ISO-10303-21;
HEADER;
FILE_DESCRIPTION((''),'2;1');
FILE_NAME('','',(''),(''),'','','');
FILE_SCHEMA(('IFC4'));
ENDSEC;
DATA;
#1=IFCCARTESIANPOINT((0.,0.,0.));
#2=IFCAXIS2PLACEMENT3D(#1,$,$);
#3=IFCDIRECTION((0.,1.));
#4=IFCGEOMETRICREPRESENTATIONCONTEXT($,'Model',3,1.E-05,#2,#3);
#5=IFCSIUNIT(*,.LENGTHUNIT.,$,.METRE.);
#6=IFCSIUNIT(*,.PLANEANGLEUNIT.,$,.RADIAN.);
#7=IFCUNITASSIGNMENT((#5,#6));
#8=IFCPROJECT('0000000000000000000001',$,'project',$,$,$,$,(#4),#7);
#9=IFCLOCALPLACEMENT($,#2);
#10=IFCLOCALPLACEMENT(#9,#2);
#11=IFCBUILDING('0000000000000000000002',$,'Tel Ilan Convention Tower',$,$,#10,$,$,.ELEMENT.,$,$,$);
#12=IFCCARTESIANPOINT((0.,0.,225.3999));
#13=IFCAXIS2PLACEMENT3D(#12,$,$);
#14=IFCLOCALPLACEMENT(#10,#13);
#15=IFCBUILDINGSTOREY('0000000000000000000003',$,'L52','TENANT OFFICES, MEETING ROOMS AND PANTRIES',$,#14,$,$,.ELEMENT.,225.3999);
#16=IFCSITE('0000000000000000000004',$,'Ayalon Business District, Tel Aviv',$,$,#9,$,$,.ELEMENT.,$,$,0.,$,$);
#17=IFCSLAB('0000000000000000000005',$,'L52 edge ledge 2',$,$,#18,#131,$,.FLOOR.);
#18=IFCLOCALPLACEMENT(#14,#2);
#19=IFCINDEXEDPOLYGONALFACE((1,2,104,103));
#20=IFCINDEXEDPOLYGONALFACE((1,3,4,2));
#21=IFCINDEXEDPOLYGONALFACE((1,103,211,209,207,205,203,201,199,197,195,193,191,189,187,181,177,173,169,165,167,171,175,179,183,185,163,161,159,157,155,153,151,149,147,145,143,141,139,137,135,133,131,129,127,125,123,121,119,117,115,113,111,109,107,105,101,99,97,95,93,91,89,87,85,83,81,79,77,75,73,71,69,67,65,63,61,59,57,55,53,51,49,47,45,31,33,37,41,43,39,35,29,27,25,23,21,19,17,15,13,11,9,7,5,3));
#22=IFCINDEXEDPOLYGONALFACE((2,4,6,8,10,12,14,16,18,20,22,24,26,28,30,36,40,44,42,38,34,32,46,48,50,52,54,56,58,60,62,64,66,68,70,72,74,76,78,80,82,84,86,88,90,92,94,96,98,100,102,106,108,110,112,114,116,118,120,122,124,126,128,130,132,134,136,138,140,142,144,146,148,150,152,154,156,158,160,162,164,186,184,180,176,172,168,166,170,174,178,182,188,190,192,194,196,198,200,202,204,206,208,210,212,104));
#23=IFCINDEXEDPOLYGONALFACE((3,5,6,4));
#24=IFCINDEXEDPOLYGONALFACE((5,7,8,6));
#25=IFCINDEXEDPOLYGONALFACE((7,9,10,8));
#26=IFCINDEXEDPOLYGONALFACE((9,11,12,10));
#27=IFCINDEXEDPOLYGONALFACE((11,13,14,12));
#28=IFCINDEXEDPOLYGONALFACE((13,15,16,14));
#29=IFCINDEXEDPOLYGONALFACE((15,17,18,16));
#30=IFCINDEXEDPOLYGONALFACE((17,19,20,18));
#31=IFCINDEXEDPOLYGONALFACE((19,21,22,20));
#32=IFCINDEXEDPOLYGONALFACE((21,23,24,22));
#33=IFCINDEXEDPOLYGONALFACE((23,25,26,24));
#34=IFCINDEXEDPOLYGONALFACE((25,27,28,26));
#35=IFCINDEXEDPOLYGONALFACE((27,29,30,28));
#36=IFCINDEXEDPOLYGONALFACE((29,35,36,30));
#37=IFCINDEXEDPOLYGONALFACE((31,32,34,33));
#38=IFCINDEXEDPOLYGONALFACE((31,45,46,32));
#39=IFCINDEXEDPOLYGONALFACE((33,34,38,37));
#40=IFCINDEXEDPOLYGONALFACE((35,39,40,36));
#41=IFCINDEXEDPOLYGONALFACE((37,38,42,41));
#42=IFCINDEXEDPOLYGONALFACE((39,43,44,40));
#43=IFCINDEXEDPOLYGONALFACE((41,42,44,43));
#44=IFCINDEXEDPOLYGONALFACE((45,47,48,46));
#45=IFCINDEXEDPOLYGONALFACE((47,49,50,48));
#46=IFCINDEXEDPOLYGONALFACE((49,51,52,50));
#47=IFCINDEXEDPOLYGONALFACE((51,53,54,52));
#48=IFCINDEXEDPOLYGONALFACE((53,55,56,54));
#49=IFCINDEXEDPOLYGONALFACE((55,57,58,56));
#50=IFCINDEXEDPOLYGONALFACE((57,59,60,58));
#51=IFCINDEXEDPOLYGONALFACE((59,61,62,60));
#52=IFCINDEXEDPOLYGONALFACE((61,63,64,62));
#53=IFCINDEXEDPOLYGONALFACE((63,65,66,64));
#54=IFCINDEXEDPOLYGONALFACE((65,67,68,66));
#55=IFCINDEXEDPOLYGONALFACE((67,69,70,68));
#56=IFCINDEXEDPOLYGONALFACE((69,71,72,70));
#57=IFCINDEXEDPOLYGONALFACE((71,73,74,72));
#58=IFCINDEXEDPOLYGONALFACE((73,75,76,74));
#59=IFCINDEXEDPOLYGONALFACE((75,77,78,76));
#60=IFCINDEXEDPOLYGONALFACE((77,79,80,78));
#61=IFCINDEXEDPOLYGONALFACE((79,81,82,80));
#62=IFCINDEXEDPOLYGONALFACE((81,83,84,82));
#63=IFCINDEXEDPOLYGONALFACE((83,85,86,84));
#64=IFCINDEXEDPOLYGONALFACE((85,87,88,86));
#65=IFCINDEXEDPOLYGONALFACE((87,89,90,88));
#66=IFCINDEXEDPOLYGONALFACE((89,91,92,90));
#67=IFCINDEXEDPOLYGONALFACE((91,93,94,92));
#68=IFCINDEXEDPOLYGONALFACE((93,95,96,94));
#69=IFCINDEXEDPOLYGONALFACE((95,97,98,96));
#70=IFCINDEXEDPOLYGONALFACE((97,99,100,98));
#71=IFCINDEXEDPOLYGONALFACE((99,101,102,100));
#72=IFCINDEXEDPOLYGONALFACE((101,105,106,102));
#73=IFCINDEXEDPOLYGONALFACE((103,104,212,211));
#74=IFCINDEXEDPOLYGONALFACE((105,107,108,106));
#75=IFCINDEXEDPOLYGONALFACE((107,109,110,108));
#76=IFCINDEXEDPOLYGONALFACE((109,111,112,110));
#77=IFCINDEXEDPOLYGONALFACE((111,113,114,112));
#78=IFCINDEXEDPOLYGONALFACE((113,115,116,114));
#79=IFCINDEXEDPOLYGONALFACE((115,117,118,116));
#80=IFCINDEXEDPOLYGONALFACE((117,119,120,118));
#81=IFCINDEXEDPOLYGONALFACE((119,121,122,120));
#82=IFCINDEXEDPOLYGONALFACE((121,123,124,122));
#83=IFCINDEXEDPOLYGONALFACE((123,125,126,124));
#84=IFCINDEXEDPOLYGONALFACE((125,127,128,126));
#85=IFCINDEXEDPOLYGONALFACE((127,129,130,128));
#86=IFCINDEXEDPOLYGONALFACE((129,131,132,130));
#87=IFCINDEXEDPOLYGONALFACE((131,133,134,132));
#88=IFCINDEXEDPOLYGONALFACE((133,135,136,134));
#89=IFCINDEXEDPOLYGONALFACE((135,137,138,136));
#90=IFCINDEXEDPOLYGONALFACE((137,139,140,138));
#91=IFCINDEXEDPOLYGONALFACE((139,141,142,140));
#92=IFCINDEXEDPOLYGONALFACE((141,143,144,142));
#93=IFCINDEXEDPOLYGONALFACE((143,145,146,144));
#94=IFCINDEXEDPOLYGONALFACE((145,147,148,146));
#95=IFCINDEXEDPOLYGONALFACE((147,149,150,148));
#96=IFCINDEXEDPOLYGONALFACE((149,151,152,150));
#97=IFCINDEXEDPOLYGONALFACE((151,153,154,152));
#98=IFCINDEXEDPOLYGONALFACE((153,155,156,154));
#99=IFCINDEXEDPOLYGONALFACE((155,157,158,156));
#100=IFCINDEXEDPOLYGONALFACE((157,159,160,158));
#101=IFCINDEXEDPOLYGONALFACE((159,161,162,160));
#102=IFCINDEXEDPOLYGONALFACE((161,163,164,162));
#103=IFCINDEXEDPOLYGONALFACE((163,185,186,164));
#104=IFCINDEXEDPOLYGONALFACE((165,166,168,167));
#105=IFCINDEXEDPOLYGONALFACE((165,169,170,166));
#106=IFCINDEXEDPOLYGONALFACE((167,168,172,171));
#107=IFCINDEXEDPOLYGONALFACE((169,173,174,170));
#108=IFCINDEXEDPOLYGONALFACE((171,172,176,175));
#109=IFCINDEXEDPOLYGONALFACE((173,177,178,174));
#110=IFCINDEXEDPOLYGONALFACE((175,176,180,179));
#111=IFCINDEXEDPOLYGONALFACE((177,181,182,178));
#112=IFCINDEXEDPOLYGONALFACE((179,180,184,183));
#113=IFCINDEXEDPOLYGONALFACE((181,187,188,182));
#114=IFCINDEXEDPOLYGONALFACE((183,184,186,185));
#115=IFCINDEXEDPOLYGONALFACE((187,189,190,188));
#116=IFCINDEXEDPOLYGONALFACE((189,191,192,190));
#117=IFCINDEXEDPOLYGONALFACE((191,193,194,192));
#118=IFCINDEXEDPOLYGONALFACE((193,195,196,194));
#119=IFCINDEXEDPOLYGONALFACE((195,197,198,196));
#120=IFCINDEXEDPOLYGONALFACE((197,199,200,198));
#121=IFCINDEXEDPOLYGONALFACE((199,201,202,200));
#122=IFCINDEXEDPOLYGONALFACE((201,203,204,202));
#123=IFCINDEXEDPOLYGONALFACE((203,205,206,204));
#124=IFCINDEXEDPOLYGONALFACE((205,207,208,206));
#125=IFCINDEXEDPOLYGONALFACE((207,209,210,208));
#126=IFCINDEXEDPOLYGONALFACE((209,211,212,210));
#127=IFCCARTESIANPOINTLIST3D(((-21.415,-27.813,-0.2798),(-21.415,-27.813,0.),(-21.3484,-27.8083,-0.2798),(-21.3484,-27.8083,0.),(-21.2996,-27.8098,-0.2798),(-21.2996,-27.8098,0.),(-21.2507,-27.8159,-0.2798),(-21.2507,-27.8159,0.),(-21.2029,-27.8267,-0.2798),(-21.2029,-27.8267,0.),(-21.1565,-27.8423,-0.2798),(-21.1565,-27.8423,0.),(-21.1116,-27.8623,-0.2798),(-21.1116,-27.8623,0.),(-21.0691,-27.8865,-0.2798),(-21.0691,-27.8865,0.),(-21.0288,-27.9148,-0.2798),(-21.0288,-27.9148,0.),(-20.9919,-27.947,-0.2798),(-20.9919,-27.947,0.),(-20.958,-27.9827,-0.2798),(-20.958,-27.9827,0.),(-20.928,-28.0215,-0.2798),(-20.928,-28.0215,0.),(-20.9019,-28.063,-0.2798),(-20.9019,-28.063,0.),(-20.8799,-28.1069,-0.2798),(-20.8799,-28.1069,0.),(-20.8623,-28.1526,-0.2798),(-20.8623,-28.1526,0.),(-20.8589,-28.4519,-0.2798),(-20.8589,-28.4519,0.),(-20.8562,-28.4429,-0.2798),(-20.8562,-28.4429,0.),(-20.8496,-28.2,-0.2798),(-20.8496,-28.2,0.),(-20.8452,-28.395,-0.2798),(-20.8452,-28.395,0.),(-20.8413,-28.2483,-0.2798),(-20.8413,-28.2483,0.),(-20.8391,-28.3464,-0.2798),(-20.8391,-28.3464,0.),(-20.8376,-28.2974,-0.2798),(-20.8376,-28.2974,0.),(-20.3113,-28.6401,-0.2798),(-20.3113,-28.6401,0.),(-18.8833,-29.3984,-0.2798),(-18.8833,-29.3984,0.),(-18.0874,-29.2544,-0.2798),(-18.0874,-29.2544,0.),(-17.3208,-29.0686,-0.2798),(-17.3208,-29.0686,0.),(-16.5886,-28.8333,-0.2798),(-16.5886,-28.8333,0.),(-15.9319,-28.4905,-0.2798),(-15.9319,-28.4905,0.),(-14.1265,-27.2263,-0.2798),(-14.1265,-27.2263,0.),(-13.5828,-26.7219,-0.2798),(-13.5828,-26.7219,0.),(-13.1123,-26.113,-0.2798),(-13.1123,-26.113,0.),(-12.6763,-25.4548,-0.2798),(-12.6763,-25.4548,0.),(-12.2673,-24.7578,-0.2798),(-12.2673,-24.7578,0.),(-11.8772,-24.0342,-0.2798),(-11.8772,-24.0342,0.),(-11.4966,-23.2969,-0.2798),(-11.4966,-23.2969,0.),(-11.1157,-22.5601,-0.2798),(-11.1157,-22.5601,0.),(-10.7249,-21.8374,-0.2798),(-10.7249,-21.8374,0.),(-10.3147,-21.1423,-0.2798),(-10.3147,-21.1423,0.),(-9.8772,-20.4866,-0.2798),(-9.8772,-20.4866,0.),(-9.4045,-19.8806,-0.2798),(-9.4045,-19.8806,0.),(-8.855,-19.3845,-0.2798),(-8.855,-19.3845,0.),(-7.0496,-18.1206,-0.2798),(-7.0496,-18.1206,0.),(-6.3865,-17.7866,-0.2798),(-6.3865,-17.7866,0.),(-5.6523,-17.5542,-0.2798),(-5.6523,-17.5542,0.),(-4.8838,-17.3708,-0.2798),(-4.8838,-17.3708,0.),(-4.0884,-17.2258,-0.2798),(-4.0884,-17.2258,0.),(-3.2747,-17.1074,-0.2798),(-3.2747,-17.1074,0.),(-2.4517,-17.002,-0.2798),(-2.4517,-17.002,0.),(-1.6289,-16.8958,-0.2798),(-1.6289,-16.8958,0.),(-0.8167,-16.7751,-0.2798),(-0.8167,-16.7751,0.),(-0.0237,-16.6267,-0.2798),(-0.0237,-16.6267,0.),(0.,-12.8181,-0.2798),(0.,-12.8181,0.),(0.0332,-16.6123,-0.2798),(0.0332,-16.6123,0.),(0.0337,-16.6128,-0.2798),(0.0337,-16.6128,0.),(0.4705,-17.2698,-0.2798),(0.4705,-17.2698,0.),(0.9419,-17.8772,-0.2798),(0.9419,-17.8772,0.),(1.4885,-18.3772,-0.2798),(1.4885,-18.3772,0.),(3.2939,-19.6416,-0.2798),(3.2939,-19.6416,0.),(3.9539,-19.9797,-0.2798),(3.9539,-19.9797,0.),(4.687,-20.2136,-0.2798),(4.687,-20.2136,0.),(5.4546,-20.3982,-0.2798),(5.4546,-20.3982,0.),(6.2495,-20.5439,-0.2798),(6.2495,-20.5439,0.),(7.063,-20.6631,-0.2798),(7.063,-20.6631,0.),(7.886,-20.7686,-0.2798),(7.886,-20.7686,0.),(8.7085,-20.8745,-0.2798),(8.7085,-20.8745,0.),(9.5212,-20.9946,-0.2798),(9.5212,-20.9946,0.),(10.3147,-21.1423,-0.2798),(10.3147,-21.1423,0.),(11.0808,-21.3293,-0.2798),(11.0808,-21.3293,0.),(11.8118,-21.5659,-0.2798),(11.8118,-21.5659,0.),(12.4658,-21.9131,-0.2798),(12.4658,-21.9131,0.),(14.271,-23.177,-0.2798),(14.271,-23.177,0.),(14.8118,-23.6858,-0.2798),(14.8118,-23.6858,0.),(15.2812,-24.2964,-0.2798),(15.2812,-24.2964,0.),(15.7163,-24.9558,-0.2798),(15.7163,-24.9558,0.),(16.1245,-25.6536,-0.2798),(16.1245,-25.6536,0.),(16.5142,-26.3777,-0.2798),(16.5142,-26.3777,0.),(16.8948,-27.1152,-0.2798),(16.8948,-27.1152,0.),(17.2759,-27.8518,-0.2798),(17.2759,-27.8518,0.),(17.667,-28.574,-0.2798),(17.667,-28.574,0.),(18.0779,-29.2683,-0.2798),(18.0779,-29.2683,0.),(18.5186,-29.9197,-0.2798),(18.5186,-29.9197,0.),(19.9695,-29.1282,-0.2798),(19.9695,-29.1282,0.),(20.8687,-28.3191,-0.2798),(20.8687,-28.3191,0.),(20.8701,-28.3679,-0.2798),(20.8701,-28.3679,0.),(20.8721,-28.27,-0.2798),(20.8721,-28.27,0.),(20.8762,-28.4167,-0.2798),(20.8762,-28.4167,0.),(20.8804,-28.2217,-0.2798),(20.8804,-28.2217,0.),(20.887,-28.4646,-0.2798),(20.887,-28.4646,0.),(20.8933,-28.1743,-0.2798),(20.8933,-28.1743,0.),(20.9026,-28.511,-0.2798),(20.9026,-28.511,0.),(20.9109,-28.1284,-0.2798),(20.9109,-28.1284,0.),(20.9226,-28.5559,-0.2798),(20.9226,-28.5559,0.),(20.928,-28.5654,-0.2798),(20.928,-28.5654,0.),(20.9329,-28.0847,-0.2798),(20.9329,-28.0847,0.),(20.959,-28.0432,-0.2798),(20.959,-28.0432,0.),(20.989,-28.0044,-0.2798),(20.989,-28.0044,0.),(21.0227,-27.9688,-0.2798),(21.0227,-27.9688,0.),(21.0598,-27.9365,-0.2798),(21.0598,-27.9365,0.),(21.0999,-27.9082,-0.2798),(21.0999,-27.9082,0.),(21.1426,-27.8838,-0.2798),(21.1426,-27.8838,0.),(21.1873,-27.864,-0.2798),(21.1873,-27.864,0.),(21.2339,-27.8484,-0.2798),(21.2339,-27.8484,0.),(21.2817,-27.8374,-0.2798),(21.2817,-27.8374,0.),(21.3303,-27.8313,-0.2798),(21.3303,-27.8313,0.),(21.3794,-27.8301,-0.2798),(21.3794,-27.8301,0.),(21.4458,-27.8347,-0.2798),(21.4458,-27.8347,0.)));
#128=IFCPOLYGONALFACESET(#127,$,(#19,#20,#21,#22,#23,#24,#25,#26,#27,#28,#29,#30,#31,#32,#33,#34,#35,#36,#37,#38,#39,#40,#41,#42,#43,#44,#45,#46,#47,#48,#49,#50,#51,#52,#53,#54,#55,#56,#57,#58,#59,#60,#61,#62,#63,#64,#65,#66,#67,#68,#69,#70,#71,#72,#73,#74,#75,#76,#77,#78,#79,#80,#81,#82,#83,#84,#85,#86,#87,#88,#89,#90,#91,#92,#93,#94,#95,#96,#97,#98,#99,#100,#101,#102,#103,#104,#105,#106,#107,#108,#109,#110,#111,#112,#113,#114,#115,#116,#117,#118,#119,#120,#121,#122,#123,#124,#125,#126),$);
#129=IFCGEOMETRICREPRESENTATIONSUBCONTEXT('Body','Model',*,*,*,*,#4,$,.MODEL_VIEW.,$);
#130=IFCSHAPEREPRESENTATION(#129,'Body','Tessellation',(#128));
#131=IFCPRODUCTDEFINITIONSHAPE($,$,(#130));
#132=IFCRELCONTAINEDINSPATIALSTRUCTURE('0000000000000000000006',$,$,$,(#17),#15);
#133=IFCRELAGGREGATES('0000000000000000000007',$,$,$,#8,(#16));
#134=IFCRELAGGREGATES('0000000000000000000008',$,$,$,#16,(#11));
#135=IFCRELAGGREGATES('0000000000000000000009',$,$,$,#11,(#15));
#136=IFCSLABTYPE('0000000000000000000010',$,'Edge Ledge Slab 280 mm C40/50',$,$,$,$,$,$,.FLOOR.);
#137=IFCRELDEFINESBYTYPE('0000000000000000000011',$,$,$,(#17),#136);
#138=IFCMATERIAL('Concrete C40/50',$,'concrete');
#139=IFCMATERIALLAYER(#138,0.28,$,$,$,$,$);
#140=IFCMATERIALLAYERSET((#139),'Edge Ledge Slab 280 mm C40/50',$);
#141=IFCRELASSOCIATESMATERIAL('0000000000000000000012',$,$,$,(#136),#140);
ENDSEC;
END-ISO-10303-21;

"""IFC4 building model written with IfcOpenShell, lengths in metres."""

from ifc_helpers import new_model, si_unit, direction, frame, origin, place, context, subcontext, project, spatial, polyline, outline, extrude, material, layer, layer_set, type_object, element, save


model = new_model("IFC4")

# Units and contexts
model_context = context("Model", 3, precision=1e-05, world=origin(), true_north=direction((0.0, 1.0)))
body_context = subcontext(model_context, "Body", "Model", "MODEL_VIEW")
ifc_project = project(units=[si_unit("LENGTHUNIT", "METRE"), si_unit("PLANEANGLEUNIT", "RADIAN")], contexts=[model_context])

# Site, building, storey
site_placement = place(None, origin())
site = spatial("IfcSite", under=ifc_project, at=site_placement, Name="Ayalon Business District, Tel Aviv", CompositionType="ELEMENT", RefElevation=0.0)
building_placement = place(site_placement, origin())
building = spatial("IfcBuilding", under=site, at=building_placement, Name="Tel Ilan Convention Tower", CompositionType="ELEMENT")
storey_placement = place(building_placement, frame((0.0, 0.0, 225.3999)))
storey = spatial("IfcBuildingStorey", under=building, at=storey_placement, Name="L52", Description="TENANT OFFICES, MEETING ROOMS AND PANTRIES", CompositionType="ELEMENT", Elevation=225.3999)

# Slab
ifc_material_1 = material(Name="Concrete C40/50", Category="concrete")
ifc_layer_1 = layer(ifc_material_1, 0.28)
ifc_layer_set_1 = layer_set([ifc_layer_1], Name="Edge Ledge Slab 280 mm C40/50")
slab_type_1 = type_object("IfcSlabType", Name="Edge Ledge Slab 280 mm C40/50", PredefinedType="FLOOR", material=ifc_layer_set_1)
slab_1_placement = place(storey_placement, frame((0.0, 0.0, -0.2798)))
element("IfcSlab", 1, at=slab_1_placement, inside=storey, type_object=slab_type_1, Name="L52 edge ledge 2", PredefinedType="FLOOR", context=body_context, shape_type="SweptSolid", body=[
    extrude(outline(polyline([(21.3303, -27.8313), (21.2817, -27.8374), (21.2339, -27.8484), (21.1873, -27.864), (21.1426, -27.8838), (21.0999, -27.9082), (21.0598, -27.9365), (21.0227, -27.9688), (20.989, -28.0044), (20.959, -28.0432), (20.9329, -28.0847), (20.9109, -28.1284), (20.8933, -28.1743), (20.8804, -28.2217), (20.8721, -28.27), (20.8687, -28.3191), (20.8701, -28.3679), (20.8762, -28.4167), (20.887, -28.4646), (20.9026, -28.511), (20.9226, -28.5559), (20.928, -28.5654), (19.9695, -29.1282), (18.5186, -29.9197), (18.0779, -29.2683), (17.667, -28.574), (17.2759, -27.8518), (16.8948, -27.1152), (16.5142, -26.3777), (16.1245, -25.6536), (15.7163, -24.9558), (15.2812, -24.2964), (14.8118, -23.6858), (14.271, -23.177), (12.4658, -21.9131), (11.8118, -21.5659), (11.0808, -21.3293), (10.3147, -21.1423), (9.5212, -20.9946), (8.7085, -20.8745), (7.886, -20.7686), (7.063, -20.6631), (6.2495, -20.5439), (5.4546, -20.3982), (4.687, -20.2136), (3.9539, -19.9797), (3.2939, -19.6416), (1.4885, -18.3772), (0.9419, -17.8772), (0.4705, -17.2698), (0.0337, -16.6128), (0.0332, -16.6123), (-0.0237, -16.6267), (-0.8167, -16.7751), (-1.6289, -16.8958), (-2.4517, -17.002), (-3.2747, -17.1074), (-4.0884, -17.2258), (-4.8838, -17.3708), (-5.6523, -17.5542), (-6.3865, -17.7866), (-7.0496, -18.1206), (-8.855, -19.3845), (-9.4045, -19.8806), (-9.8772, -20.4866), (-10.3147, -21.1423), (-10.7249, -21.8374), (-11.1157, -22.5601), (-11.4966, -23.2969), (-11.8772, -24.0342), (-12.2673, -24.7578), (-12.6763, -25.4548), (-13.1123, -26.113), (-13.5828, -26.7219), (-14.1265, -27.2263), (-15.9319, -28.4905), (-16.5886, -28.8333), (-17.3208, -29.0686), (-18.0874, -29.2544), (-18.8833, -29.3984), (-20.3113, -28.6401), (-20.8589, -28.4519), (-20.8562, -28.4429), (-20.8452, -28.395), (-20.8391, -28.3464), (-20.8376, -28.2974), (-20.8413, -28.2483), (-20.8496, -28.2), (-20.8623, -28.1526), (-20.8799, -28.1069), (-20.9019, -28.063), (-20.928, -28.0215), (-20.958, -27.9827), (-20.9919, -27.947), (-21.0288, -27.9148), (-21.0691, -27.8865), (-21.1116, -27.8623), (-21.1565, -27.8423), (-21.2029, -27.8267), (-21.2507, -27.8159), (-21.2996, -27.8098), (-21.3484, -27.8083), (-21.415, -27.813), (0.0, -12.8181), (21.4458, -27.8347), (21.3794, -27.8301), (21.3303, -27.8313)])), origin(), (0.0, 0.0, 1.0), 0.2798),
])

save(model, "model.ifc")
